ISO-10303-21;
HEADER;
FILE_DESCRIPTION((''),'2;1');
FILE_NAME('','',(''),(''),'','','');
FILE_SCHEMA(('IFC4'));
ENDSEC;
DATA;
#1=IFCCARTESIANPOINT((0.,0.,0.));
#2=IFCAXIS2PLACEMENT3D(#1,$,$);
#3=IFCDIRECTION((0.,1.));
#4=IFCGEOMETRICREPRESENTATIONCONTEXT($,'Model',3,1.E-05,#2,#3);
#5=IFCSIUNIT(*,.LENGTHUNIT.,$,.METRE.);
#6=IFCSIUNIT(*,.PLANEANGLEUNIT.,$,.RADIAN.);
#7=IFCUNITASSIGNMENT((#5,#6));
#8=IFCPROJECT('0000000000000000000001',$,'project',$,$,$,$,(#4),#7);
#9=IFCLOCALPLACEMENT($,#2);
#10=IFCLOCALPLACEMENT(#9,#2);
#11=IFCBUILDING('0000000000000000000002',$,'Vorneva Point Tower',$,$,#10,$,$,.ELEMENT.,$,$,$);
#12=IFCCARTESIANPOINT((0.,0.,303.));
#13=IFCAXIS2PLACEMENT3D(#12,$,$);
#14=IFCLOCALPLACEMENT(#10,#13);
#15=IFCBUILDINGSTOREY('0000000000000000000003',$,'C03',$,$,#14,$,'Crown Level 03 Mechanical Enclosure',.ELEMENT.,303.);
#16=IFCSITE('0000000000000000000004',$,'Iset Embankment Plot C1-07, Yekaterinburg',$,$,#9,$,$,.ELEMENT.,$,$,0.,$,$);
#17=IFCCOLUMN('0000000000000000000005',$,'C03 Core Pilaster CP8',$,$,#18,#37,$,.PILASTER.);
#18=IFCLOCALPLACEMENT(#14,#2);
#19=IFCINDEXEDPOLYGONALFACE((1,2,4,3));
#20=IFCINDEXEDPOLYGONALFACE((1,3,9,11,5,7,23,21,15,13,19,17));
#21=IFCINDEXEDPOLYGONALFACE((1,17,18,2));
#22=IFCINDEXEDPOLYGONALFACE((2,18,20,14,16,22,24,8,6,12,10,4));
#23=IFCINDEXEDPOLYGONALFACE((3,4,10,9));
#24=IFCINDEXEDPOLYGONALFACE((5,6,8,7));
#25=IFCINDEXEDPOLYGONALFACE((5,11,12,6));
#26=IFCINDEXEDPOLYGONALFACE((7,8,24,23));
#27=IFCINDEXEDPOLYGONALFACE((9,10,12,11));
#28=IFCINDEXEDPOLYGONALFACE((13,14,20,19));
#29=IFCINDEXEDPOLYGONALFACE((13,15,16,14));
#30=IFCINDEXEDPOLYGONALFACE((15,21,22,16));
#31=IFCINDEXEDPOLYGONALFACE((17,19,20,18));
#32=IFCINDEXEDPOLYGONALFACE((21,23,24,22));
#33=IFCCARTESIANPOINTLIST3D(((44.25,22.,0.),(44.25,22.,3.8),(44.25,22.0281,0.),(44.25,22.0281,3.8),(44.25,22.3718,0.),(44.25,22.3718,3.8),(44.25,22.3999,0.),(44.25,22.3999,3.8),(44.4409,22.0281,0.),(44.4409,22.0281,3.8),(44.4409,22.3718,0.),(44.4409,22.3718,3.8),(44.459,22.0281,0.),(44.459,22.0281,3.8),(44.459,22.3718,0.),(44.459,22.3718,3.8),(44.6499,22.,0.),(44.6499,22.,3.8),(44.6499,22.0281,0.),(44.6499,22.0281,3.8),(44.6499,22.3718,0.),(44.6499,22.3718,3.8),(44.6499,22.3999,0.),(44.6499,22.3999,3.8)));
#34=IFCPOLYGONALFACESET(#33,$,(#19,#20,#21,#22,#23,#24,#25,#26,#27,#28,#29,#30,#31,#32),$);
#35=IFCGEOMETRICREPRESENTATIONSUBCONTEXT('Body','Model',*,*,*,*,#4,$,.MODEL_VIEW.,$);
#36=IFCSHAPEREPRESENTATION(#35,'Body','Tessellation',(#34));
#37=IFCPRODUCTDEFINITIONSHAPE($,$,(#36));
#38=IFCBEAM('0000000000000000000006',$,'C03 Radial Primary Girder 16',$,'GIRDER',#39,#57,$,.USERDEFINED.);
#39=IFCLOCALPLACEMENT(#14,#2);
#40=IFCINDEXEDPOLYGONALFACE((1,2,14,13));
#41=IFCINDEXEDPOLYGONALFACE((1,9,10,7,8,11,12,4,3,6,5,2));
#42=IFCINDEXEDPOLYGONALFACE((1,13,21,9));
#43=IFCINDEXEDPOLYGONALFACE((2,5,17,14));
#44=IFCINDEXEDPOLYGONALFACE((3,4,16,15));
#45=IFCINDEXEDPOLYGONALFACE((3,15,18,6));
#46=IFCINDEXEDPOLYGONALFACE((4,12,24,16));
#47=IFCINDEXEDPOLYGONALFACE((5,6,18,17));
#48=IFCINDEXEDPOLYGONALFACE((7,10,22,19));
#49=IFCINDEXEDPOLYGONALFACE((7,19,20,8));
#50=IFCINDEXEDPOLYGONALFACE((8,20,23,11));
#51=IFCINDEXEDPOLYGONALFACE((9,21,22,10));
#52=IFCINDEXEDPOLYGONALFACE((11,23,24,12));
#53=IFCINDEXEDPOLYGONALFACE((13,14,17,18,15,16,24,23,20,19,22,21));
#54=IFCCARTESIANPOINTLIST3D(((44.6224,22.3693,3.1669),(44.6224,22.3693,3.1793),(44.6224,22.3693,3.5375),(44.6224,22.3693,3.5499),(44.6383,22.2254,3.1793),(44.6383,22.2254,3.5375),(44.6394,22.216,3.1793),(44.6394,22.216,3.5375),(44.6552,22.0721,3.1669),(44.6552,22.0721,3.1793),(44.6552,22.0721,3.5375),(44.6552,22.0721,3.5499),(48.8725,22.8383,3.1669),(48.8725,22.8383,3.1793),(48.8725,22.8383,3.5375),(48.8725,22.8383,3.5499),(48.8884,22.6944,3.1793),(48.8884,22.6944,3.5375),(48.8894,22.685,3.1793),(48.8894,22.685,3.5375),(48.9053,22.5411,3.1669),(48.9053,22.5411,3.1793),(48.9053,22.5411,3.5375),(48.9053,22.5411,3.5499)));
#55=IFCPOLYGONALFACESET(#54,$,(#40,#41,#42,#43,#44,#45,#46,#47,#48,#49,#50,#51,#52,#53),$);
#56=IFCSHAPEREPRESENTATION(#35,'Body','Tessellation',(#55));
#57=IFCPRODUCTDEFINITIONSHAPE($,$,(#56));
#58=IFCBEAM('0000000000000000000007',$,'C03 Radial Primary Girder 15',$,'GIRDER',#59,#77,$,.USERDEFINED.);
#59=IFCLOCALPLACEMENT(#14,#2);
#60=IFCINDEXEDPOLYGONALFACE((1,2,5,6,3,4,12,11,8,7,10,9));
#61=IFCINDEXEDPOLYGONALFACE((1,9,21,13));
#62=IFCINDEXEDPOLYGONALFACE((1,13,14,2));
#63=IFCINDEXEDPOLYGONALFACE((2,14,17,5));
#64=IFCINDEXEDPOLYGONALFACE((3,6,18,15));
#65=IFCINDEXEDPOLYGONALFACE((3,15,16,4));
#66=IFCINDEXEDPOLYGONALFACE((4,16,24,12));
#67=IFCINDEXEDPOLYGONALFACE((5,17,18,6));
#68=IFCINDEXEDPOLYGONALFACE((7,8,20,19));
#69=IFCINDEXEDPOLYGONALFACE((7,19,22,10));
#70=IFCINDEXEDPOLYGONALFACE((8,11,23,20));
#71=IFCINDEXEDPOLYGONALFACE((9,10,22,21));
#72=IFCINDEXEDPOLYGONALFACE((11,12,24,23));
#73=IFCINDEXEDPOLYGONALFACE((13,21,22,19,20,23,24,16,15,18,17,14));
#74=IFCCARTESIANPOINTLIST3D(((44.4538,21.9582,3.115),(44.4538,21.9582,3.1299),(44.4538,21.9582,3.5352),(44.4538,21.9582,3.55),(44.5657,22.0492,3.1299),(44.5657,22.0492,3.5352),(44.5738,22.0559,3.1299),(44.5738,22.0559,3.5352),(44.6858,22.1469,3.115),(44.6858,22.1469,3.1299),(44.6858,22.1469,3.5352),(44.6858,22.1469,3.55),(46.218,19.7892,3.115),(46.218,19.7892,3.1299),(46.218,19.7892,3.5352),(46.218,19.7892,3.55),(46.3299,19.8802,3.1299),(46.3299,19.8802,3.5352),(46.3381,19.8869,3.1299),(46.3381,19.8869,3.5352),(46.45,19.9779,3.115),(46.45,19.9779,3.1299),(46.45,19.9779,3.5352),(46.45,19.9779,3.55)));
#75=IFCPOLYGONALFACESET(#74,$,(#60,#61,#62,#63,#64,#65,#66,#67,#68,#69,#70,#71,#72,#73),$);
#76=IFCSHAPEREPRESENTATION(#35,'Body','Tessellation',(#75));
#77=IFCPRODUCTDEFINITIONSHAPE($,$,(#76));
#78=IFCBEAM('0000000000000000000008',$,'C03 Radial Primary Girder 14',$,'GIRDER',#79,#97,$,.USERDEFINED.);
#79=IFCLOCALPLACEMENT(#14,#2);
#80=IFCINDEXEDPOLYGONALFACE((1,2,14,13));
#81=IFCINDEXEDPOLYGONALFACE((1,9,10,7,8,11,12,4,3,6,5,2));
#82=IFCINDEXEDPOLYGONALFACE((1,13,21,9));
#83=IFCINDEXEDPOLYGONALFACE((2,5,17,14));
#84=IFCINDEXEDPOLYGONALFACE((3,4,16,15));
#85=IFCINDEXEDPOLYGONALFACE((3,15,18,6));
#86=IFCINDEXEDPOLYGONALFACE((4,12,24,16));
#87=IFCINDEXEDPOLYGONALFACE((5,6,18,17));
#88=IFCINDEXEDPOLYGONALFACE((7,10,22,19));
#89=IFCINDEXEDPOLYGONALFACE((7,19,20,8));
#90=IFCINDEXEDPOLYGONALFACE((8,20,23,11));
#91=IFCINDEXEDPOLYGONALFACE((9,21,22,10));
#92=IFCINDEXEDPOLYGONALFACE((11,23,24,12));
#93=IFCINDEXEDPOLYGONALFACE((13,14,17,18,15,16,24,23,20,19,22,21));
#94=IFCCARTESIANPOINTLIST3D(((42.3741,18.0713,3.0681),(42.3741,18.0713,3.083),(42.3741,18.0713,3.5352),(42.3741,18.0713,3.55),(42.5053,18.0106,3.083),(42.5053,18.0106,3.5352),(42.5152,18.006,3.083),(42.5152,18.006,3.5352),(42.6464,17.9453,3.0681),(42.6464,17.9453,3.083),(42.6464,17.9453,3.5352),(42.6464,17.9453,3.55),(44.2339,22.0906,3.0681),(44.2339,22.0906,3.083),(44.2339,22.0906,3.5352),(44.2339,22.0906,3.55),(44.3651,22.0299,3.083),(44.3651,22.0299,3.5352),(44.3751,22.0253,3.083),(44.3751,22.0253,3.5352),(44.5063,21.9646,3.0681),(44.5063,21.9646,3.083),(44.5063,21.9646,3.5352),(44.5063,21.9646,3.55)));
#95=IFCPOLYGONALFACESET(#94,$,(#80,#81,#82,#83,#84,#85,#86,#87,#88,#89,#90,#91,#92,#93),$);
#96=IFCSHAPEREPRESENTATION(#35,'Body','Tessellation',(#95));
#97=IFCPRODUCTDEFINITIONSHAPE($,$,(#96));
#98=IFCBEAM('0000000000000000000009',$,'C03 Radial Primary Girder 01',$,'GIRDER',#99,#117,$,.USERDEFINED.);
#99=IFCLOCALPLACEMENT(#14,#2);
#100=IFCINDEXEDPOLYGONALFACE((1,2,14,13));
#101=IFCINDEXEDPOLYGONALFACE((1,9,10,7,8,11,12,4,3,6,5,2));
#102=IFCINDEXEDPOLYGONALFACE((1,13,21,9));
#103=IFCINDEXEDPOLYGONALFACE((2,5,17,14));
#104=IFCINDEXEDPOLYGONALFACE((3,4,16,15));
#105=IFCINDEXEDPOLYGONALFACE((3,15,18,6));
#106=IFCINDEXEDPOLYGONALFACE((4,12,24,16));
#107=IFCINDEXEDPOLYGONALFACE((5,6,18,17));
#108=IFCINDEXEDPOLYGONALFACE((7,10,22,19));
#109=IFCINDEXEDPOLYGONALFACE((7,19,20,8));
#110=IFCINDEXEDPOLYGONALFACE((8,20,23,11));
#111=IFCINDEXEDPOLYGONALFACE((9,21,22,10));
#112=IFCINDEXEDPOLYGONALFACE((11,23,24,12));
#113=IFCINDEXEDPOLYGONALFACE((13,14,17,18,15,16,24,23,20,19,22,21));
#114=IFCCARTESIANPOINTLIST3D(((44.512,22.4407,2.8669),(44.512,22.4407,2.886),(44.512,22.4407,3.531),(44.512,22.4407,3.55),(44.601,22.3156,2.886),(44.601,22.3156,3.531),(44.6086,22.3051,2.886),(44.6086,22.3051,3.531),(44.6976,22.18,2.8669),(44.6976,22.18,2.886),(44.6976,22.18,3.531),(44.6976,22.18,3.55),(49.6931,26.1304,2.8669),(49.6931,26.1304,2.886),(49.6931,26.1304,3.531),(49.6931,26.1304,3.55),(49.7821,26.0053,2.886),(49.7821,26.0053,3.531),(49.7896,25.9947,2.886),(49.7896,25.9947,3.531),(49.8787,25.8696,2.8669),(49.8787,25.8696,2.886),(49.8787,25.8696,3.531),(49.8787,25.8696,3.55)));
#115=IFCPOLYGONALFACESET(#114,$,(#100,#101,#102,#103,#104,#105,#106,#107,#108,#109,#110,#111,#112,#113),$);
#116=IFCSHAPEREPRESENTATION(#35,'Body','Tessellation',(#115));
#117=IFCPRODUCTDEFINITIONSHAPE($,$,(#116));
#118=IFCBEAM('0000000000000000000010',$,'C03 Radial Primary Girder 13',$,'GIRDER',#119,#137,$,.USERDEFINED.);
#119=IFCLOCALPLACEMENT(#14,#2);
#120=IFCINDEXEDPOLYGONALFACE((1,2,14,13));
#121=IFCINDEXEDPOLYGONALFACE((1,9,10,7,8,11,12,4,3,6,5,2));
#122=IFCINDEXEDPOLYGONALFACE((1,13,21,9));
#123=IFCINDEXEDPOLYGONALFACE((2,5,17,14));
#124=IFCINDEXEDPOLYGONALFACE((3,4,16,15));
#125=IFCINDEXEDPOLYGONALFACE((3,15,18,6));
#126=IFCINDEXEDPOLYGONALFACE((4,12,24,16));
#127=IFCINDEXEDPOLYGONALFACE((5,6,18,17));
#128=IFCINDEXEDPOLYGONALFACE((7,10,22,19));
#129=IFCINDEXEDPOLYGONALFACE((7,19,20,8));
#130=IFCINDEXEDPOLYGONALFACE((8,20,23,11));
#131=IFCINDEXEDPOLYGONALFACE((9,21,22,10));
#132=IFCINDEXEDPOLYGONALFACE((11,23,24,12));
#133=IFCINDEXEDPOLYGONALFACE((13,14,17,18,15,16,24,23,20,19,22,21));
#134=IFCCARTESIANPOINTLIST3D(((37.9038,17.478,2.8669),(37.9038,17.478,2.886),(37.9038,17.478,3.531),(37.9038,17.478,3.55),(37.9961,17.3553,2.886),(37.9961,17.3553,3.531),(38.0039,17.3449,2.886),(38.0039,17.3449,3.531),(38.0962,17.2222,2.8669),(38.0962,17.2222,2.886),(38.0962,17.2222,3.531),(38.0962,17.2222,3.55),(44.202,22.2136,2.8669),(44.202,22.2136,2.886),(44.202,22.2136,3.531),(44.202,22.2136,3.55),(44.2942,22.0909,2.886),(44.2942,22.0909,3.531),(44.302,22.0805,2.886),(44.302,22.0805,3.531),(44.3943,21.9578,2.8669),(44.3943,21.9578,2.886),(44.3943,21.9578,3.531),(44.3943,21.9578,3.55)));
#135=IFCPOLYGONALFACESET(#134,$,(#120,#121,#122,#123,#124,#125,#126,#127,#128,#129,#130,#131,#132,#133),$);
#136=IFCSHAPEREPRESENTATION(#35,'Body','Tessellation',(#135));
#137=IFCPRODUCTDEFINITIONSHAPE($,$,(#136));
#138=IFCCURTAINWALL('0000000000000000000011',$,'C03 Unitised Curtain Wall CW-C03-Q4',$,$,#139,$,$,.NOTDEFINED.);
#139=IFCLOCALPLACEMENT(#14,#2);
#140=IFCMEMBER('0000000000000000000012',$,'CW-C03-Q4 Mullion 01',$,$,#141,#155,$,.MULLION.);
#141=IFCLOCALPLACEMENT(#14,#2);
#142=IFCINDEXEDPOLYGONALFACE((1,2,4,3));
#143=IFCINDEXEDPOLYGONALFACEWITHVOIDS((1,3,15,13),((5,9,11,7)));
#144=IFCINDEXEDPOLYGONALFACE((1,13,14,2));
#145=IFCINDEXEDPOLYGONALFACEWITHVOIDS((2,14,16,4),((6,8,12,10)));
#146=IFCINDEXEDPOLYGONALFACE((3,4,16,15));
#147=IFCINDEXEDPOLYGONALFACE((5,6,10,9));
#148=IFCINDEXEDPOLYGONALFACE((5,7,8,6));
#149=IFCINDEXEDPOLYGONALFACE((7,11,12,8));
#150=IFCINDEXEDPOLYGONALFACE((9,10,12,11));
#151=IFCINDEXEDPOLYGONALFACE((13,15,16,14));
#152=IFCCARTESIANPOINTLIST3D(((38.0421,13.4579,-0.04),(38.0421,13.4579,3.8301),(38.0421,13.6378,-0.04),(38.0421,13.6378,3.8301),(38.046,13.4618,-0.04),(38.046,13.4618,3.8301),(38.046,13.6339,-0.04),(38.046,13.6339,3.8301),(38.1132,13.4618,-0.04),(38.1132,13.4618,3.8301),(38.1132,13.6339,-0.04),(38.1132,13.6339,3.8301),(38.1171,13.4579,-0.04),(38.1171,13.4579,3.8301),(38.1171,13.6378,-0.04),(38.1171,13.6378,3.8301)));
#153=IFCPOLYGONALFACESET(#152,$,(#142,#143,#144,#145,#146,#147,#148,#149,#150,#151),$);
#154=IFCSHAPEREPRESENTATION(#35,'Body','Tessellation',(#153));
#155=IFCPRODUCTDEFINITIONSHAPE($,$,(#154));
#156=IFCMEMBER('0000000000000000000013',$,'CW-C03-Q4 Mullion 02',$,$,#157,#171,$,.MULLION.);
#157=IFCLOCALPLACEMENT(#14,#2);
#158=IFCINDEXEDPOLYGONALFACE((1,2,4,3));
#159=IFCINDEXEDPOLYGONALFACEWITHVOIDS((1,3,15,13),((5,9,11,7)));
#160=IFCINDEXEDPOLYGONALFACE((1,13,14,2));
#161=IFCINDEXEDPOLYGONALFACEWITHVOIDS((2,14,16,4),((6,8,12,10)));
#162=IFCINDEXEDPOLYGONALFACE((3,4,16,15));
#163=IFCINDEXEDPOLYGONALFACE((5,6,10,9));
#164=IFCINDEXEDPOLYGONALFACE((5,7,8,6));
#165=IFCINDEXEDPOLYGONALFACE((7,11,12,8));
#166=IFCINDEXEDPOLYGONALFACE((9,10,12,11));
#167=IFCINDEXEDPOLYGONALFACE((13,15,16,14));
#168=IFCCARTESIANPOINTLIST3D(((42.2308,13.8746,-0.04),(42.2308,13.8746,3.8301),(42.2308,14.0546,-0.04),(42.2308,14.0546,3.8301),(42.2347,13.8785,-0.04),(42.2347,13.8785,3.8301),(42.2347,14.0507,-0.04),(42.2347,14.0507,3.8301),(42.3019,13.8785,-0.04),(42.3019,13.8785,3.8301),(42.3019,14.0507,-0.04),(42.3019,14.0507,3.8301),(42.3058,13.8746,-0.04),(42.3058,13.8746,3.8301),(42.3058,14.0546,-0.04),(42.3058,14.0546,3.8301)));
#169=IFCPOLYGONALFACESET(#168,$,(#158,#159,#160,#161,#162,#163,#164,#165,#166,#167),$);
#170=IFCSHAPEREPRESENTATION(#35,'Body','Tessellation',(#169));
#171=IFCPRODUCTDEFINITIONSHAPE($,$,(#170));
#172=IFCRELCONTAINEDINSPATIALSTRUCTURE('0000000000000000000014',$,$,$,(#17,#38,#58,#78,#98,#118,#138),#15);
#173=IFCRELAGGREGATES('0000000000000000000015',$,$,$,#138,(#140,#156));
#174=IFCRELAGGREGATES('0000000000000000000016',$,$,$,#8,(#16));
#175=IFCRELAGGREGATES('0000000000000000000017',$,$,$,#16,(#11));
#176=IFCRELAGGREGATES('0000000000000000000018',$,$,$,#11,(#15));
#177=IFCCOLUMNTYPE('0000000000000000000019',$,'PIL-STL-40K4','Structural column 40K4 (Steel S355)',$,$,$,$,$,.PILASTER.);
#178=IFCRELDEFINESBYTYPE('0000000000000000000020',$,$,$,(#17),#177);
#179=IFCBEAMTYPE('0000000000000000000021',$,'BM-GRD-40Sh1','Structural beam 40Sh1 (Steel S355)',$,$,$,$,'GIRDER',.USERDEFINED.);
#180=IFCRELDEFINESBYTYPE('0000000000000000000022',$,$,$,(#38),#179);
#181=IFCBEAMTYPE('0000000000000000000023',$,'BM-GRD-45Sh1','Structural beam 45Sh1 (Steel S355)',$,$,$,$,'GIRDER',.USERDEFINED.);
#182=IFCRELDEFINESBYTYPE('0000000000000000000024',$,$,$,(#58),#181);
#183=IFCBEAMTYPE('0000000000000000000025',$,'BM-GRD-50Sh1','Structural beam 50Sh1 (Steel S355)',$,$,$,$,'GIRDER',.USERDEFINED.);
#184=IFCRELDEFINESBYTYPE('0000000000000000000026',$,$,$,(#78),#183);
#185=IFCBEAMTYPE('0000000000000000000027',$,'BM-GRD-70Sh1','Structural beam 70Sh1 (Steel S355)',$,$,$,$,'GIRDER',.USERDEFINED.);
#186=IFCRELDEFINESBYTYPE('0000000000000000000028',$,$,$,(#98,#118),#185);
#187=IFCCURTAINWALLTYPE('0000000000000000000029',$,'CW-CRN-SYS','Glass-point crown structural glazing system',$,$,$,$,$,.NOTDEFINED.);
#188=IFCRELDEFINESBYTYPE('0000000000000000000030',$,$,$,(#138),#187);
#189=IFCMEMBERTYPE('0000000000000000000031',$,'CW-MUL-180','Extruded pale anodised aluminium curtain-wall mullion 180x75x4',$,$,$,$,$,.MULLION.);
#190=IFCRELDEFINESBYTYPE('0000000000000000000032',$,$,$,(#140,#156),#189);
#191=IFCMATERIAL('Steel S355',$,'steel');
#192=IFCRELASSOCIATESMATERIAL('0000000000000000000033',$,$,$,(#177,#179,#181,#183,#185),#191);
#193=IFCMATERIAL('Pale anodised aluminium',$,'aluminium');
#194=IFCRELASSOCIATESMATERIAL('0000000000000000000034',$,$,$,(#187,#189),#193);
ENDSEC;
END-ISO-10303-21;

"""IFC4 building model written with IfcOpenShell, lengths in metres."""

from ifc_helpers import new_model, si_unit, direction, frame, origin, origin_2d, place, context, subcontext, project, spatial, hollow_rectangle, i_section, extrude, material, material_profile, profile_set, type_object, element, aggregate, save


model = new_model("IFC4")

# Units and contexts
model_context = context("Model", 3, precision=1e-05, world=origin(), true_north=direction((0.0, 1.0)))
body_context = subcontext(model_context, "Body", "Model", "MODEL_VIEW")
ifc_project = project(units=[si_unit("LENGTHUNIT", "METRE"), si_unit("PLANEANGLEUNIT", "RADIAN")], contexts=[model_context])

# Site, building, storey
site_placement = place(None, origin())
site = spatial("IfcSite", under=ifc_project, at=site_placement, Name="Iset Embankment Plot C1-07, Yekaterinburg", CompositionType="ELEMENT", RefElevation=0.0)
building_placement = place(site_placement, origin())
building = spatial("IfcBuilding", under=site, at=building_placement, Name="Vorneva Point Tower", CompositionType="ELEMENT")
storey_placement = place(building_placement, frame((0.0, 0.0, 303.0)))
storey = spatial("IfcBuildingStorey", under=building, at=storey_placement, Name="C03", LongName="Crown Level 03 Mechanical Enclosure", CompositionType="ELEMENT", Elevation=303.0)

# Column
ifc_material_1 = material(Name="Steel S355", Category="steel")
ifc_material_profile_1 = material_profile(ifc_material_1, i_section(OverallWidth=0.3999, OverallDepth=0.3999, WebThickness=0.0181, FlangeThickness=0.0281, at=origin_2d()), Name="40K4")
ifc_profile_set_1 = profile_set([ifc_material_profile_1], Name="Steel S355")
column_type = type_object("IfcColumnType", Name="PIL-STL-40K4", Description="Structural column 40K4 (Steel S355)", PredefinedType="PILASTER", material=ifc_profile_set_1)
column_placement = place(storey_placement, frame((44.45, 22.2, 0.0), z_axis=(0.0, 0.0, 1.0), x_axis=(1.0, 0.0, 0.0)))
element("IfcColumn", 1, at=column_placement, inside=storey, type_object=column_type, Name="C03 Core Pilaster CP8", PredefinedType="PILASTER", context=body_context, shape_type="SweptSolid", body=[
    extrude(i_section(OverallWidth=0.3999, OverallDepth=0.3999, WebThickness=0.0181, FlangeThickness=0.0281, at=origin_2d()), origin(), (0.0, 0.0, 1.0), 3.8),
])

# Beams
ifc_material_profile_2 = material_profile(ifc_material_1, i_section(OverallWidth=0.2991, OverallDepth=0.3831, WebThickness=0.0095, FlangeThickness=0.0125, at=origin_2d()), Name="40Sh1")
ifc_profile_set_2 = profile_set([ifc_material_profile_2], Name="Steel S355")
beam_type_1 = type_object("IfcBeamType", Name="BM-GRD-40Sh1", Description="Structural beam 40Sh1 (Steel S355)", ElementType="GIRDER", PredefinedType="USERDEFINED", material=ifc_profile_set_2)
beam_1_placement = place(storey_placement, frame((48.8889, 22.6897, 3.3584), z_axis=(-0.993966, -0.109686, 0.0), x_axis=(0.109686, -0.993966, 0.0)))
element("IfcBeam", 2, at=beam_1_placement, inside=storey, type_object=beam_type_1, Name="C03 Radial Primary Girder 16", ObjectType="GIRDER", PredefinedType="USERDEFINED", context=body_context, shape_type="SweptSolid", body=[
    extrude(i_section(OverallWidth=0.2991, OverallDepth=0.3831, WebThickness=0.0095, FlangeThickness=0.0125, at=origin_2d()), origin(), (0.0, 0.0, 1.0), 4.2759),
])
ifc_material_profile_3 = material_profile(ifc_material_1, i_section(OverallWidth=0.2991, OverallDepth=0.4351, WebThickness=0.0105, FlangeThickness=0.0149, at=origin_2d()), Name="45Sh1")
ifc_profile_set_3 = profile_set([ifc_material_profile_3], Name="Steel S355")
beam_type_2 = type_object("IfcBeamType", Name="BM-GRD-45Sh1", Description="Structural beam 45Sh1 (Steel S355)", ElementType="GIRDER", PredefinedType="USERDEFINED", material=ifc_profile_set_3)
beam_2_placement = place(storey_placement, frame((46.334, 19.8835, 3.3325), z_axis=(-0.631, 0.775783, 0.0), x_axis=(-0.775783, -0.631, 0.0)))
element("IfcBeam", 3, at=beam_2_placement, inside=storey, type_object=beam_type_2, Name="C03 Radial Primary Girder 15", ObjectType="GIRDER", PredefinedType="USERDEFINED", context=body_context, shape_type="SweptSolid", body=[
    extrude(i_section(OverallWidth=0.2991, OverallDepth=0.4351, WebThickness=0.0105, FlangeThickness=0.0149, at=origin_2d()), origin(), (0.0, 0.0, 1.0), 2.7959),
])
ifc_material_profile_4 = material_profile(ifc_material_1, i_section(OverallWidth=0.3, OverallDepth=0.4819, WebThickness=0.011, FlangeThickness=0.0149, at=origin_2d()), Name="50Sh1")
ifc_profile_set_4 = profile_set([ifc_material_profile_4], Name="Steel S355")
beam_type_3 = type_object("IfcBeamType", Name="BM-GRD-50Sh1", Description="Structural beam 50Sh1 (Steel S355)", ElementType="GIRDER", PredefinedType="USERDEFINED", material=ifc_profile_set_4)
beam_3_placement = place(storey_placement, frame((42.5103, 18.0083, 3.3091), z_axis=(0.419953, 0.907546, 0.0), x_axis=(-0.907546, 0.419953, 0.0)))
element("IfcBeam", 4, at=beam_3_placement, inside=storey, type_object=beam_type_3, Name="C03 Radial Primary Girder 14", ObjectType="GIRDER", PredefinedType="USERDEFINED", context=body_context, shape_type="SweptSolid", body=[
    extrude(i_section(OverallWidth=0.3, OverallDepth=0.4819, WebThickness=0.011, FlangeThickness=0.0149, at=origin_2d()), origin(), (0.0, 0.0, 1.0), 4.4287),
])
ifc_material_profile_5 = material_profile(ifc_material_1, i_section(OverallWidth=0.3201, OverallDepth=0.6831, WebThickness=0.0129, FlangeThickness=0.019, at=origin_2d()), Name="70Sh1")
ifc_profile_set_5 = profile_set([ifc_material_profile_5], Name="Steel S355")
beam_type_4 = type_object("IfcBeamType", Name="BM-GRD-70Sh1", Description="Structural beam 70Sh1 (Steel S355)", ElementType="GIRDER", PredefinedType="USERDEFINED", material=ifc_profile_set_5)
beam_4_placement = place(storey_placement, frame((49.7859, 26.0, 3.2085), z_axis=(-0.81456, -0.580079, 0.0), x_axis=(0.580079, -0.81456, 0.0)))
element("IfcBeam", 5, at=beam_4_placement, inside=storey, type_object=beam_type_4, Name="C03 Radial Primary Girder 01", ObjectType="GIRDER", PredefinedType="USERDEFINED", context=body_context, shape_type="SweptSolid", body=[
    extrude(i_section(OverallWidth=0.3201, OverallDepth=0.6831, WebThickness=0.0129, FlangeThickness=0.019, at=origin_2d()), origin(), (0.0, 0.0, 1.0), 6.3606),
])
beam_5_placement = place(storey_placement, frame((38.0, 17.3501, 3.2085), z_axis=(0.799267, 0.600976, 0.0), x_axis=(-0.600976, 0.799267, 0.0)))
element("IfcBeam", 6, at=beam_5_placement, inside=storey, type_object=beam_type_4, Name="C03 Radial Primary Girder 13", ObjectType="GIRDER", PredefinedType="USERDEFINED", context=body_context, shape_type="SweptSolid", body=[
    extrude(i_section(OverallWidth=0.3201, OverallDepth=0.6831, WebThickness=0.0129, FlangeThickness=0.019, at=origin_2d()), origin(), (0.0, 0.0, 1.0), 7.8799),
])

# Curtain wall, members
ifc_material_2 = material(Name="Pale anodised aluminium", Category="aluminium")
curtain_wall_type = type_object("IfcCurtainWallType", Name="CW-CRN-SYS", Description="Glass-point crown structural glazing system", PredefinedType="NOTDEFINED", material=ifc_material_2)
curtain_wall_placement = place(storey_placement, origin())
curtain_wall = element("IfcCurtainWall", 7, at=curtain_wall_placement, inside=storey, type_object=curtain_wall_type, Name="C03 Unitised Curtain Wall CW-C03-Q4", PredefinedType="NOTDEFINED")
ifc_material_profile_6 = material_profile(ifc_material_2, hollow_rectangle(XDim=0.075, YDim=0.1799, WallThickness=0.0039, at=origin_2d()), Name="AL-MUL 180x75x4")
ifc_profile_set_6 = profile_set([ifc_material_profile_6], Name="Pale anodised aluminium")
member_type_1 = type_object("IfcMemberType", Name="CW-MUL-180", Description="Extruded pale anodised aluminium curtain-wall mullion 180x75x4", PredefinedType="MULLION", material=ifc_profile_set_6)
member_1_placement = place(storey_placement, frame((38.0796, 13.5479, -0.04), z_axis=(0.0, 0.0, 1.0), x_axis=(1.0, 0.0, 0.0)))
member_1 = element("IfcMember", 8, at=member_1_placement, type_object=member_type_1, Name="CW-C03-Q4 Mullion 01", PredefinedType="MULLION", context=body_context, shape_type="SweptSolid", body=[
    extrude(hollow_rectangle(XDim=0.075, YDim=0.1799, WallThickness=0.0039, at=origin_2d()), origin(), (0.0, 0.0, 1.0), 3.8701),
])
member_2_placement = place(storey_placement, frame((42.2683, 13.9646, -0.04), z_axis=(0.0, 0.0, 1.0), x_axis=(1.0, 0.0, 0.0)))
member_2 = element("IfcMember", 9, at=member_2_placement, type_object=member_type_1, Name="CW-C03-Q4 Mullion 02", PredefinedType="MULLION", context=body_context, shape_type="SweptSolid", body=[
    extrude(hollow_rectangle(XDim=0.075, YDim=0.1799, WallThickness=0.0039, at=origin_2d()), origin(), (0.0, 0.0, 1.0), 3.8701),
])

aggregate(curtain_wall, [member_1, member_2])

save(model, "model.ifc")
